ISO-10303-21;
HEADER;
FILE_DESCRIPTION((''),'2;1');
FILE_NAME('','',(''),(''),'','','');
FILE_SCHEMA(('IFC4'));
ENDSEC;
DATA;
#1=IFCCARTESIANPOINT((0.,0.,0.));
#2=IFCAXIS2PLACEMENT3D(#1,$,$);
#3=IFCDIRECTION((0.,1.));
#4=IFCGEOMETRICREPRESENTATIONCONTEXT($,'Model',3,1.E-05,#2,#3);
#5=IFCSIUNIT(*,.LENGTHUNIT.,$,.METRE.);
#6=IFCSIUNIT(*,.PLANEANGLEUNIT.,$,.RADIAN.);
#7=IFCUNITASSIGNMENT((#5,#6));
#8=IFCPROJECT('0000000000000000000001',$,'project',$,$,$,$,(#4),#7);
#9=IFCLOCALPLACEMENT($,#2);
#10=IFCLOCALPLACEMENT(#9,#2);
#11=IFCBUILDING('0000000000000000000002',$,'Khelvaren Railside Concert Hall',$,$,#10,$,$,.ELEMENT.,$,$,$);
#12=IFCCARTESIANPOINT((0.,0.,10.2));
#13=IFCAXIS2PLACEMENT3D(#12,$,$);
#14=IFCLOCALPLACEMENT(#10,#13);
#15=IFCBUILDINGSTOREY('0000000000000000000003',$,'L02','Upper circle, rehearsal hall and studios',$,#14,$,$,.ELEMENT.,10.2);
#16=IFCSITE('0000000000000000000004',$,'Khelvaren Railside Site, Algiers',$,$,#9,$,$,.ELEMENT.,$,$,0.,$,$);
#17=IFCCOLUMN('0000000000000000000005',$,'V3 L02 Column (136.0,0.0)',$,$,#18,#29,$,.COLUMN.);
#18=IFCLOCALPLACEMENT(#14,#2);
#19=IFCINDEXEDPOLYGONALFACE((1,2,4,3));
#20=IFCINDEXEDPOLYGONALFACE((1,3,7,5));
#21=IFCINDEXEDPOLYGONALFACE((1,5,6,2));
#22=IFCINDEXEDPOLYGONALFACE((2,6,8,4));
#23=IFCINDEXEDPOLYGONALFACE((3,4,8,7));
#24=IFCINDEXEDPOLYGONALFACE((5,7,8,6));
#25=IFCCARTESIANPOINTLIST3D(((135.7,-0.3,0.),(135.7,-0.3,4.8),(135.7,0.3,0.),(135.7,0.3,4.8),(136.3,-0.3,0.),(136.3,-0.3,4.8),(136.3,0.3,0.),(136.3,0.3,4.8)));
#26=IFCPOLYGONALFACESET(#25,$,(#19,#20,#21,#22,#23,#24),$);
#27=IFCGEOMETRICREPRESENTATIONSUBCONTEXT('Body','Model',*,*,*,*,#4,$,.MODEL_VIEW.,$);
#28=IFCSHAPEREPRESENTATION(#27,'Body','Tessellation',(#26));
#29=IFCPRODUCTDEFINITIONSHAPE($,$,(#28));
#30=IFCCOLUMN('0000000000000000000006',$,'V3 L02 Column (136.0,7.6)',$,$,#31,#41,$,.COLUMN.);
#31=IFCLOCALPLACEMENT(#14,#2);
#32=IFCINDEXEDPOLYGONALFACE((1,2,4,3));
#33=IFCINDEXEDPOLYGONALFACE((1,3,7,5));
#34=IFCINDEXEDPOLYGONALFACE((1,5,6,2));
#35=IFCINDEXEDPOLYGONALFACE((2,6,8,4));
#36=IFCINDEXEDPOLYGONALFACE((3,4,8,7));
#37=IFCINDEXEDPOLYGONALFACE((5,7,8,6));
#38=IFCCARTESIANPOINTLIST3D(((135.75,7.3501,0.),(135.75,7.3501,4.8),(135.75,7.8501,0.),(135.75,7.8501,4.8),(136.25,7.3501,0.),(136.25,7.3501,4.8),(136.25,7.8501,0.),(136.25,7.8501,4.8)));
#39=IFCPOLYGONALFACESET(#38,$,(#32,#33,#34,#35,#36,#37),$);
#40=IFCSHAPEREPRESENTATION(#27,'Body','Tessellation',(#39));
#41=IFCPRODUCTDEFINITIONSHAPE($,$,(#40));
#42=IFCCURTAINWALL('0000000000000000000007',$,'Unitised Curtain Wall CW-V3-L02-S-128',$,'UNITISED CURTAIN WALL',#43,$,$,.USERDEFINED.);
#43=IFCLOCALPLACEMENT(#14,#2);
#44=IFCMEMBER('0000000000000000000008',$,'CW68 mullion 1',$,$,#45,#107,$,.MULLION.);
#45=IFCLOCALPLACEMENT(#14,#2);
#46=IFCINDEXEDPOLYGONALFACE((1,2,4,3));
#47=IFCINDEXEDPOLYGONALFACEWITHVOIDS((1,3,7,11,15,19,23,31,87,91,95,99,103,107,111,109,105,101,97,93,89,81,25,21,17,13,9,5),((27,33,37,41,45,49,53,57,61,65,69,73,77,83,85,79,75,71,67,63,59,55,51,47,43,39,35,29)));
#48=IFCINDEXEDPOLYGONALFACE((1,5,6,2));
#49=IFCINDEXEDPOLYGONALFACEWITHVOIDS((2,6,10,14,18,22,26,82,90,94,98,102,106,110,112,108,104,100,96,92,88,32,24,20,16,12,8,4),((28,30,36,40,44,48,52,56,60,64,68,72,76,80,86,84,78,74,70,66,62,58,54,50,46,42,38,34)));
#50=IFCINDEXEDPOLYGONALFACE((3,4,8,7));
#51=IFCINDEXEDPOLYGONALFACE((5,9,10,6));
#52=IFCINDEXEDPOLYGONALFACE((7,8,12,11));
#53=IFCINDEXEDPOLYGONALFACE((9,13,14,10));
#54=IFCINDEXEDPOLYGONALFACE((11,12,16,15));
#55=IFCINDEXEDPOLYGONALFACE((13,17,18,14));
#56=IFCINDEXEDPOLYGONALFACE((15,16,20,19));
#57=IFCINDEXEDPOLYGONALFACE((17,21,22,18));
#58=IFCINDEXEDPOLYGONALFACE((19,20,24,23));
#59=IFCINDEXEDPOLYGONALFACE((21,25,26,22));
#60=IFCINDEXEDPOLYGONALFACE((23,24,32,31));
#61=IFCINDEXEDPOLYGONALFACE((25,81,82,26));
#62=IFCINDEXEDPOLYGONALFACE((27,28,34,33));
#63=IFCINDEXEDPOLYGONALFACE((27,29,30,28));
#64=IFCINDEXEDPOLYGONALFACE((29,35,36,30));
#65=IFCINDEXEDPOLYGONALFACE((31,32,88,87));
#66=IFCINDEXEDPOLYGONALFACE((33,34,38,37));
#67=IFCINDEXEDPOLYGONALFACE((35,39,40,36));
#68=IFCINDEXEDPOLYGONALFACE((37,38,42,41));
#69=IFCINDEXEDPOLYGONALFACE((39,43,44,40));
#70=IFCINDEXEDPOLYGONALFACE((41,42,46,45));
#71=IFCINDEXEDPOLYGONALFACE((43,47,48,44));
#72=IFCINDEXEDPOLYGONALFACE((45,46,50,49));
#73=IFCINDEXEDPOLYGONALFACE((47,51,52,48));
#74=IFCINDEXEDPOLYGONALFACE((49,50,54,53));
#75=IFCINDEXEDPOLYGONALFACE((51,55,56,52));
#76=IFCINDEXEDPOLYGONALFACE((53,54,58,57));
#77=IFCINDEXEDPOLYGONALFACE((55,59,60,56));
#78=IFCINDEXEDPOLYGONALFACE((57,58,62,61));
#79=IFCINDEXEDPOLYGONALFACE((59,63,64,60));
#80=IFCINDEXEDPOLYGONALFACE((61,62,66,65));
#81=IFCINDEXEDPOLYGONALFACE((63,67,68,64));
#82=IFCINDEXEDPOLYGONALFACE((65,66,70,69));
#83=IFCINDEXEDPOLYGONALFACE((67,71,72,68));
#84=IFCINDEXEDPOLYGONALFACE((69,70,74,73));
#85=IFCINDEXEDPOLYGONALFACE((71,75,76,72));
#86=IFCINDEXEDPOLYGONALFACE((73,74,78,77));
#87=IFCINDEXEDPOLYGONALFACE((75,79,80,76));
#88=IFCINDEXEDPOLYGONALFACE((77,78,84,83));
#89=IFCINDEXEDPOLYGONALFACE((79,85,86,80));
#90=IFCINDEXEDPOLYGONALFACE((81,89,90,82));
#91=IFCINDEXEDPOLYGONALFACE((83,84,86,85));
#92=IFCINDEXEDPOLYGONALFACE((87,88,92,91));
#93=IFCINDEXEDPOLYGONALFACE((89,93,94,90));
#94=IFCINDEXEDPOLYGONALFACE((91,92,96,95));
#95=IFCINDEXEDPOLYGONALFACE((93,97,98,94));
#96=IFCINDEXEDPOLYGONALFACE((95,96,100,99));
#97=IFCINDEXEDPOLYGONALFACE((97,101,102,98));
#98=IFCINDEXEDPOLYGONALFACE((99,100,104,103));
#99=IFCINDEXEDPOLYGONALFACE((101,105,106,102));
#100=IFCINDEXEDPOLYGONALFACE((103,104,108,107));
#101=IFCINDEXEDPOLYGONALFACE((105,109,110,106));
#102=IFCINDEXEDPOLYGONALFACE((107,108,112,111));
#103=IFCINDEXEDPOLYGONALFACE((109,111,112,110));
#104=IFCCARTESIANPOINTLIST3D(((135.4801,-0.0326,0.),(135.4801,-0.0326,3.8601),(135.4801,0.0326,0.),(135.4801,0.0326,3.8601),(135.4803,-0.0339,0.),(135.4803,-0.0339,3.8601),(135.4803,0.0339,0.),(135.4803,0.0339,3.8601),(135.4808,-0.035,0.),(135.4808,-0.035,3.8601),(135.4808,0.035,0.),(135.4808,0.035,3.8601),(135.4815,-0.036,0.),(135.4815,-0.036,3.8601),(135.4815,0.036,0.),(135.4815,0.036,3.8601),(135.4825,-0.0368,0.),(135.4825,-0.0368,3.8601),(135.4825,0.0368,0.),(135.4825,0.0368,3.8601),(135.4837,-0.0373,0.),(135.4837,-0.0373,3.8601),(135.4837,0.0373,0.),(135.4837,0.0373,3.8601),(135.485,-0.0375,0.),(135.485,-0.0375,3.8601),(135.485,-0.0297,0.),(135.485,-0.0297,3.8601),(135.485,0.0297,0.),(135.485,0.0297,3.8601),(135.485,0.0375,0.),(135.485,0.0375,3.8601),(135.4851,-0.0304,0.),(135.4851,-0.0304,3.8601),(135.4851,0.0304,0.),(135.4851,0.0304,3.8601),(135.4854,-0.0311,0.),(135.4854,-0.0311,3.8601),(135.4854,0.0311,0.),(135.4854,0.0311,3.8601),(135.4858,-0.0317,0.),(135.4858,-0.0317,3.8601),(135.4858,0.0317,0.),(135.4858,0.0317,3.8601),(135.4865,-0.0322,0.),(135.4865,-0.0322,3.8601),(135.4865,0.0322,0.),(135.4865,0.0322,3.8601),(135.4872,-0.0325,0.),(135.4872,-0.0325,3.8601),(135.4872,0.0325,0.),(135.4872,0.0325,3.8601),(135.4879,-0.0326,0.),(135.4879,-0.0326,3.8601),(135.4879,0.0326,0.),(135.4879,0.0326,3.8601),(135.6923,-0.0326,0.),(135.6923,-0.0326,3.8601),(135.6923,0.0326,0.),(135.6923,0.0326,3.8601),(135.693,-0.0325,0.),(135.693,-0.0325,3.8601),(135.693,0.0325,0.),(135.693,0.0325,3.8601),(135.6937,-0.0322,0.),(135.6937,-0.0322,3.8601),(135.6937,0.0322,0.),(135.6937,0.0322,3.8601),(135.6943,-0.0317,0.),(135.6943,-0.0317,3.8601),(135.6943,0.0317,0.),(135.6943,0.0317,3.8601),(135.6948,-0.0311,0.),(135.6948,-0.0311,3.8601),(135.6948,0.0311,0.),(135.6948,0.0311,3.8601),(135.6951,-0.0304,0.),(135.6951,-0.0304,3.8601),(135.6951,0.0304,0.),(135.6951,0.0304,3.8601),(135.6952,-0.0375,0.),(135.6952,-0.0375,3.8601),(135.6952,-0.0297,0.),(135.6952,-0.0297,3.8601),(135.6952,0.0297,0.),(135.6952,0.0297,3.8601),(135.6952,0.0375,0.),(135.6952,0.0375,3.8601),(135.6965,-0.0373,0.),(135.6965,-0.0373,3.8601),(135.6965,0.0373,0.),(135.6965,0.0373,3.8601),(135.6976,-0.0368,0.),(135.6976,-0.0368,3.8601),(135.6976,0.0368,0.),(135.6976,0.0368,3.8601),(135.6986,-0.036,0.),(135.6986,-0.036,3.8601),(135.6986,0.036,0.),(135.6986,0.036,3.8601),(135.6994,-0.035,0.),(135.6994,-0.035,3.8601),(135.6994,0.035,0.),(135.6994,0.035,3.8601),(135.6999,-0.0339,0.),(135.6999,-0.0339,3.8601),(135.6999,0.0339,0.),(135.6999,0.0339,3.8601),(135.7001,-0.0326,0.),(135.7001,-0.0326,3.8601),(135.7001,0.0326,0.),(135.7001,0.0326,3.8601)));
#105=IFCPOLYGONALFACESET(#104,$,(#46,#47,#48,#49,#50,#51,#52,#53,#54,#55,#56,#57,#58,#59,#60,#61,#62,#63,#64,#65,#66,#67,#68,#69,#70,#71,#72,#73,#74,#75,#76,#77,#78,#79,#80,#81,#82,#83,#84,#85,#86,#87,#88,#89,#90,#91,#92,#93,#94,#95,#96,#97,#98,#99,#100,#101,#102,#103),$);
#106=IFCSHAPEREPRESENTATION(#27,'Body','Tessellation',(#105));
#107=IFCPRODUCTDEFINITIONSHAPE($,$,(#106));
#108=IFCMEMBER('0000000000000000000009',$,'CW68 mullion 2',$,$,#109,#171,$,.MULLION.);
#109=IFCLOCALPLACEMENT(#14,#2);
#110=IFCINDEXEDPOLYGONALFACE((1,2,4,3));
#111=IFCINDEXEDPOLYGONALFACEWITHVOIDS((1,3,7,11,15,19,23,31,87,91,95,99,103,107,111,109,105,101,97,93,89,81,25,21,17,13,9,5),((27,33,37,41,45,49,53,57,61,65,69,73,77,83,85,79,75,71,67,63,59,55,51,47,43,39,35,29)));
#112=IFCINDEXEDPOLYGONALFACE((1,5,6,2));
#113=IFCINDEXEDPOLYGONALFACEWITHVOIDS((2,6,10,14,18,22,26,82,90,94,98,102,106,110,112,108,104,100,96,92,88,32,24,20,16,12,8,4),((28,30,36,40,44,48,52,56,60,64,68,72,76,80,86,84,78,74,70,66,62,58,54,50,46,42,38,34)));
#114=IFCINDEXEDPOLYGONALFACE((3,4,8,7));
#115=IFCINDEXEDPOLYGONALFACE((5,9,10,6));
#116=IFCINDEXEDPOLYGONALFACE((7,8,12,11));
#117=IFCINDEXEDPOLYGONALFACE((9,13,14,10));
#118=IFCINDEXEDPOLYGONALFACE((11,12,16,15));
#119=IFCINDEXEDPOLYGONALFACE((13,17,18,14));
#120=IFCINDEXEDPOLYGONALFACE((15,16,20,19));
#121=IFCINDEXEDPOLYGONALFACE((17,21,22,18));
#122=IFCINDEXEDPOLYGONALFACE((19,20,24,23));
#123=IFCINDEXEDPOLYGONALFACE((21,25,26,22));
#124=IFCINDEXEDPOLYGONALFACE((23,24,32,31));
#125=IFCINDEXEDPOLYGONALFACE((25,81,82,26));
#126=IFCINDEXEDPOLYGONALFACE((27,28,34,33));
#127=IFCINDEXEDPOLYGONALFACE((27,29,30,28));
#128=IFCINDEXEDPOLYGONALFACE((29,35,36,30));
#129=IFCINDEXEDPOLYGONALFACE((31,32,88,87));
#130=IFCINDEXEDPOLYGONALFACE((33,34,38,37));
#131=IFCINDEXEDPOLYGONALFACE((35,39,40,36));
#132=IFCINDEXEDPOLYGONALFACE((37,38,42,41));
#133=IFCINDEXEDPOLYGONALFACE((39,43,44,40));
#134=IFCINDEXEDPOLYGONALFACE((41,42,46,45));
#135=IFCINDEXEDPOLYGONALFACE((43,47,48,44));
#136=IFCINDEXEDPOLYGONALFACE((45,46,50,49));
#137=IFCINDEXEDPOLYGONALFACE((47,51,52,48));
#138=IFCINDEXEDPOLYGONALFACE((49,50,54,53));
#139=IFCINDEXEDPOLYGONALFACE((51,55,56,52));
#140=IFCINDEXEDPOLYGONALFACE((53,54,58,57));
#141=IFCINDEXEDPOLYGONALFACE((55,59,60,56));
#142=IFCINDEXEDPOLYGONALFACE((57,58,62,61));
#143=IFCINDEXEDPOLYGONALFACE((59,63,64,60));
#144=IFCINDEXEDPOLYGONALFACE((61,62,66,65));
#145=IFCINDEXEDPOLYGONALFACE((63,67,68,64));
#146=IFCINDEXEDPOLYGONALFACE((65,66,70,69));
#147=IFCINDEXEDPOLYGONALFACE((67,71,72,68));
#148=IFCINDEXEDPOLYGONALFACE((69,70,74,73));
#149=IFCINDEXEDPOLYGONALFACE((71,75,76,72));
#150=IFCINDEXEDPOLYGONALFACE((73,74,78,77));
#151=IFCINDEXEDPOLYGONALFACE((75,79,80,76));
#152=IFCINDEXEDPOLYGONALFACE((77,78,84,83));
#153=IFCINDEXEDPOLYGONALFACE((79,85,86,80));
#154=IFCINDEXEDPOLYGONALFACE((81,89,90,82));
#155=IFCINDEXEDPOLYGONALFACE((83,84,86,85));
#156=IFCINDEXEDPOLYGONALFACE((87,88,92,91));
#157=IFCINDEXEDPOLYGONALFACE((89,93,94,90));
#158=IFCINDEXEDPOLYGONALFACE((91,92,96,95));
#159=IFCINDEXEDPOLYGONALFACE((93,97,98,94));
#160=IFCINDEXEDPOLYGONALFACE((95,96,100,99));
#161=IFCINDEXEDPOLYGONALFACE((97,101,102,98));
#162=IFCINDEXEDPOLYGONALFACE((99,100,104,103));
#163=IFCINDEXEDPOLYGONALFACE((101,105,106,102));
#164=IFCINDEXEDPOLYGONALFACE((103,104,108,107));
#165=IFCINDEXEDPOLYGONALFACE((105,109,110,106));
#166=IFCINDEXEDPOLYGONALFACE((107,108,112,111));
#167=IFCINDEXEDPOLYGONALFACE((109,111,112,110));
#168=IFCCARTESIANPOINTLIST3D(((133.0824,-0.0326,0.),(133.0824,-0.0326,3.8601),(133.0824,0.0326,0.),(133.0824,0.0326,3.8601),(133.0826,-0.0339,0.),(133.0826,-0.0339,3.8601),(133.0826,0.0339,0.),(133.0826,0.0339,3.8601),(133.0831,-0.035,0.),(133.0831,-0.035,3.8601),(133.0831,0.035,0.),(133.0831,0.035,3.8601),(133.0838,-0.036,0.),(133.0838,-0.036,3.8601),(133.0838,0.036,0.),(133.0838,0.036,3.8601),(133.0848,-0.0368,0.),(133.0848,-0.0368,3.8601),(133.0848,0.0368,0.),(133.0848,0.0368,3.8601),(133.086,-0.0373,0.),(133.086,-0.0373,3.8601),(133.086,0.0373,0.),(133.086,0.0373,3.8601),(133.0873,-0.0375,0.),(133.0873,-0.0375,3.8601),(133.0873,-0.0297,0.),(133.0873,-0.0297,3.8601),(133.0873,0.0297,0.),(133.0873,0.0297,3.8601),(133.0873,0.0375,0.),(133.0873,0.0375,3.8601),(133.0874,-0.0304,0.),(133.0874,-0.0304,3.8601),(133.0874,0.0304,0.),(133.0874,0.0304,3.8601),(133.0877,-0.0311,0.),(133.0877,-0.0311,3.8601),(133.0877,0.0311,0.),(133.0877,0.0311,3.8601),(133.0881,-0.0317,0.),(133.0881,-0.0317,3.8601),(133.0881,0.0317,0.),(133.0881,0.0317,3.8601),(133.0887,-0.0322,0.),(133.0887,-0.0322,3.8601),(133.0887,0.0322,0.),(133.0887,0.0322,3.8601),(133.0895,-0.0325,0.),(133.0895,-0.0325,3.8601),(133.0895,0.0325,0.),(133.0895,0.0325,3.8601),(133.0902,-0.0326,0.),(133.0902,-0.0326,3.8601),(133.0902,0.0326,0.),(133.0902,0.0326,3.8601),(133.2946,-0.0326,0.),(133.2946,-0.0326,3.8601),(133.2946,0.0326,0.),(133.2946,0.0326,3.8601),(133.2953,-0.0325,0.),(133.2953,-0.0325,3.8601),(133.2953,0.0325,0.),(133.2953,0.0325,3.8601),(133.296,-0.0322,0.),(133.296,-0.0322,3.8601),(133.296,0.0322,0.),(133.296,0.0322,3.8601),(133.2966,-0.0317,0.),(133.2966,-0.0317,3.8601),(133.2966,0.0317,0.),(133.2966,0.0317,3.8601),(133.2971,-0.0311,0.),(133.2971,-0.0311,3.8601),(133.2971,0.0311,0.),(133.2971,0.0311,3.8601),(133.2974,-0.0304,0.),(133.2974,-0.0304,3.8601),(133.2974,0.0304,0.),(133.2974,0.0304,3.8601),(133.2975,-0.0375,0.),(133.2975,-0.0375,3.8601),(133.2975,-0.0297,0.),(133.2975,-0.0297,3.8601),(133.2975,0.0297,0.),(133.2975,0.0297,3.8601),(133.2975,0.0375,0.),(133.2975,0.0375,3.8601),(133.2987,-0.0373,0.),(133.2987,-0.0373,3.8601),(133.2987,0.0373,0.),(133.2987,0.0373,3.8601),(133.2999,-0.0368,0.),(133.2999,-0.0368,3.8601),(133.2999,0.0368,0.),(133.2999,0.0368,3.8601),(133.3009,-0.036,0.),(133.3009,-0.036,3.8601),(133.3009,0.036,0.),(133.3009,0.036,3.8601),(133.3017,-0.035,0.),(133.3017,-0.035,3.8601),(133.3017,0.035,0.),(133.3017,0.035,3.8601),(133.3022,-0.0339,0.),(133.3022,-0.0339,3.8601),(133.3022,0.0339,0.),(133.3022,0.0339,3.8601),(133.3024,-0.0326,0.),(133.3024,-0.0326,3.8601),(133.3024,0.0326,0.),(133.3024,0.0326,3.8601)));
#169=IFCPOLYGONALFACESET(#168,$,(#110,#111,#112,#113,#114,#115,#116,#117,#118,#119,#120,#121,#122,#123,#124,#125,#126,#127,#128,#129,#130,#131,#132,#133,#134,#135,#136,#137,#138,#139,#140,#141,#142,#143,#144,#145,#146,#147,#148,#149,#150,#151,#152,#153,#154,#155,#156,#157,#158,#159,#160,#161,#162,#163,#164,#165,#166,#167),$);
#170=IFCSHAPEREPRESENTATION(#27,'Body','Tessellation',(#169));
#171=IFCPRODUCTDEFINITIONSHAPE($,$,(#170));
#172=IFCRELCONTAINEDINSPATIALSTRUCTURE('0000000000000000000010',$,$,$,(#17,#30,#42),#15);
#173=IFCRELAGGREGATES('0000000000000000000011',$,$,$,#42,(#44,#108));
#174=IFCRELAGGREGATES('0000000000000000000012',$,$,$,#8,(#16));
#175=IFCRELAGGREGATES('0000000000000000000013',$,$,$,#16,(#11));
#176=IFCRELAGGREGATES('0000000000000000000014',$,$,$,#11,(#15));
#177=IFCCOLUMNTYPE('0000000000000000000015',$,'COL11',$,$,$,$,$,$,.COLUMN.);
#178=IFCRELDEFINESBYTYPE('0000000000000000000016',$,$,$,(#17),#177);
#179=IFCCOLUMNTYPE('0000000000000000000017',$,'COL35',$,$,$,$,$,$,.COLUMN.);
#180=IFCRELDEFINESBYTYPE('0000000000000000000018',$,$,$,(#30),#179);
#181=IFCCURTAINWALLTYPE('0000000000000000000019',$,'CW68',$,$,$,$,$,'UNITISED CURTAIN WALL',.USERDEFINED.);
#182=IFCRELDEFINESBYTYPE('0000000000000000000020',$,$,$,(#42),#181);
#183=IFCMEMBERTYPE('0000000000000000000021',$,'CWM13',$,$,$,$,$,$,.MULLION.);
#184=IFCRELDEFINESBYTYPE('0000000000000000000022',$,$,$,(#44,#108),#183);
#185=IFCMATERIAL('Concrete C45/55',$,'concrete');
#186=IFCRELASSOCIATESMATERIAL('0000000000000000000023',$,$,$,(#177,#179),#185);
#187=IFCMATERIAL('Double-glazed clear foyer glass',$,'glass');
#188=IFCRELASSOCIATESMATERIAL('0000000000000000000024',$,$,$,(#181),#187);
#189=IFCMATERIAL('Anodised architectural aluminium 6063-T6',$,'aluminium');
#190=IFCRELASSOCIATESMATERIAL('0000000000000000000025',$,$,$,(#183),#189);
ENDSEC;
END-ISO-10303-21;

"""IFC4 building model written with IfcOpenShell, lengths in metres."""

from ifc_helpers import new_model, si_unit, direction, frame, origin, origin_2d, place, context, subcontext, project, spatial, rectangle, hollow_rectangle, extrude, material, material_profile, profile_set, type_object, element, aggregate, save


model = new_model("IFC4")

# Units and contexts
model_context = context("Model", 3, precision=1e-05, world=origin(), true_north=direction((0.0, 1.0)))
body_context = subcontext(model_context, "Body", "Model", "MODEL_VIEW")
ifc_project = project(units=[si_unit("LENGTHUNIT", "METRE"), si_unit("PLANEANGLEUNIT", "RADIAN")], contexts=[model_context])

# Site, building, storey
site_placement = place(None, origin())
site = spatial("IfcSite", under=ifc_project, at=site_placement, Name="Khelvaren Railside Site, Algiers", CompositionType="ELEMENT", RefElevation=0.0)
building_placement = place(site_placement, origin())
building = spatial("IfcBuilding", under=site, at=building_placement, Name="Khelvaren Railside Concert Hall", CompositionType="ELEMENT")
storey_placement = place(building_placement, frame((0.0, 0.0, 10.2)))
storey = spatial("IfcBuildingStorey", under=building, at=storey_placement, Name="L02", Description="Upper circle, rehearsal hall and studios", CompositionType="ELEMENT", Elevation=10.2)

# Columns
ifc_material_1 = material(Name="Concrete C45/55", Category="concrete")
ifc_material_profile_1 = material_profile(ifc_material_1, rectangle(XDim=0.6001, YDim=0.6001, at=origin_2d()), Name="RC 600x600")
ifc_profile_set_1 = profile_set([ifc_material_profile_1], Name="Concrete C45/55")
column_type_1 = type_object("IfcColumnType", Name="COL11", PredefinedType="COLUMN", material=ifc_profile_set_1)
column_1_placement = place(storey_placement, frame((136.0, 0.0, 0.0), z_axis=(0.0, 0.0, 1.0), x_axis=(1.0, 0.0, 0.0)))
element("IfcColumn", 1, at=column_1_placement, inside=storey, type_object=column_type_1, Name="V3 L02 Column (136.0,0.0)", PredefinedType="COLUMN", context=body_context, shape_type="SweptSolid", body=[
    extrude(rectangle(XDim=0.6001, YDim=0.6001, at=origin_2d()), origin(), (0.0, 0.0, 1.0), 4.8),
])
ifc_material_profile_2 = material_profile(ifc_material_1, rectangle(XDim=0.5, YDim=0.5, at=origin_2d()), Name="RC 500x500")
ifc_profile_set_2 = profile_set([ifc_material_profile_2], Name="Concrete C45/55")
column_type_2 = type_object("IfcColumnType", Name="COL35", PredefinedType="COLUMN", material=ifc_profile_set_2)
column_2_placement = place(storey_placement, frame((136.0, 7.6001, 0.0), z_axis=(0.0, 0.0, 1.0), x_axis=(1.0, 0.0, 0.0)))
element("IfcColumn", 2, at=column_2_placement, inside=storey, type_object=column_type_2, Name="V3 L02 Column (136.0,7.6)", PredefinedType="COLUMN", context=body_context, shape_type="SweptSolid", body=[
    extrude(rectangle(XDim=0.5, YDim=0.5, at=origin_2d()), origin(), (0.0, 0.0, 1.0), 4.8),
])

# Curtain wall, members
ifc_material_2 = material(Name="Double-glazed clear foyer glass", Category="glass")
curtain_wall_type_1 = type_object("IfcCurtainWallType", Name="CW68", ElementType="UNITISED CURTAIN WALL", PredefinedType="USERDEFINED", material=ifc_material_2)
curtain_wall_1_placement = place(storey_placement, origin())
curtain_wall_1 = element("IfcCurtainWall", 3, at=curtain_wall_1_placement, inside=storey, type_object=curtain_wall_type_1, Name="Unitised Curtain Wall CW-V3-L02-S-128", ObjectType="UNITISED CURTAIN WALL", PredefinedType="USERDEFINED")
ifc_material_3 = material(Name="Anodised architectural aluminium 6063-T6", Category="aluminium")
ifc_material_profile_3 = material_profile(ifc_material_3, hollow_rectangle(XDim=0.075, YDim=0.22, WallThickness=0.0049, InnerFilletRadius=0.0029, OuterFilletRadius=0.0049, at=origin_2d()), Name="CWM 75x220x5")
ifc_profile_set_3 = profile_set([ifc_material_profile_3], Name="Anodised architectural aluminium 6063-T6")
member_type_1 = type_object("IfcMemberType", Name="CWM13", PredefinedType="MULLION", material=ifc_profile_set_3)
member_1_placement = place(storey_placement, frame((135.5901, 0.0, 0.0), z_axis=(0.0, 0.0, 1.0), x_axis=(0.0, -1.0, 0.0)))
member_1 = element("IfcMember", 4, at=member_1_placement, type_object=member_type_1, Name="CW68 mullion 1", PredefinedType="MULLION", context=body_context, shape_type="SweptSolid", body=[
    extrude(hollow_rectangle(XDim=0.075, YDim=0.22, WallThickness=0.0049, InnerFilletRadius=0.0029, OuterFilletRadius=0.0049, at=origin_2d()), origin(), (0.0, 0.0, 1.0), 3.8601),
])
member_2_placement = place(storey_placement, frame((133.1924, 0.0, 0.0), z_axis=(0.0, 0.0, 1.0), x_axis=(0.0, -1.0, 0.0)))
member_2 = element("IfcMember", 5, at=member_2_placement, type_object=member_type_1, Name="CW68 mullion 2", PredefinedType="MULLION", context=body_context, shape_type="SweptSolid", body=[
    extrude(hollow_rectangle(XDim=0.075, YDim=0.22, WallThickness=0.0049, InnerFilletRadius=0.0029, OuterFilletRadius=0.0049, at=origin_2d()), origin(), (0.0, 0.0, 1.0), 3.8601),
])

aggregate(curtain_wall_1, [member_1, member_2])

save(model, "model.ifc")
